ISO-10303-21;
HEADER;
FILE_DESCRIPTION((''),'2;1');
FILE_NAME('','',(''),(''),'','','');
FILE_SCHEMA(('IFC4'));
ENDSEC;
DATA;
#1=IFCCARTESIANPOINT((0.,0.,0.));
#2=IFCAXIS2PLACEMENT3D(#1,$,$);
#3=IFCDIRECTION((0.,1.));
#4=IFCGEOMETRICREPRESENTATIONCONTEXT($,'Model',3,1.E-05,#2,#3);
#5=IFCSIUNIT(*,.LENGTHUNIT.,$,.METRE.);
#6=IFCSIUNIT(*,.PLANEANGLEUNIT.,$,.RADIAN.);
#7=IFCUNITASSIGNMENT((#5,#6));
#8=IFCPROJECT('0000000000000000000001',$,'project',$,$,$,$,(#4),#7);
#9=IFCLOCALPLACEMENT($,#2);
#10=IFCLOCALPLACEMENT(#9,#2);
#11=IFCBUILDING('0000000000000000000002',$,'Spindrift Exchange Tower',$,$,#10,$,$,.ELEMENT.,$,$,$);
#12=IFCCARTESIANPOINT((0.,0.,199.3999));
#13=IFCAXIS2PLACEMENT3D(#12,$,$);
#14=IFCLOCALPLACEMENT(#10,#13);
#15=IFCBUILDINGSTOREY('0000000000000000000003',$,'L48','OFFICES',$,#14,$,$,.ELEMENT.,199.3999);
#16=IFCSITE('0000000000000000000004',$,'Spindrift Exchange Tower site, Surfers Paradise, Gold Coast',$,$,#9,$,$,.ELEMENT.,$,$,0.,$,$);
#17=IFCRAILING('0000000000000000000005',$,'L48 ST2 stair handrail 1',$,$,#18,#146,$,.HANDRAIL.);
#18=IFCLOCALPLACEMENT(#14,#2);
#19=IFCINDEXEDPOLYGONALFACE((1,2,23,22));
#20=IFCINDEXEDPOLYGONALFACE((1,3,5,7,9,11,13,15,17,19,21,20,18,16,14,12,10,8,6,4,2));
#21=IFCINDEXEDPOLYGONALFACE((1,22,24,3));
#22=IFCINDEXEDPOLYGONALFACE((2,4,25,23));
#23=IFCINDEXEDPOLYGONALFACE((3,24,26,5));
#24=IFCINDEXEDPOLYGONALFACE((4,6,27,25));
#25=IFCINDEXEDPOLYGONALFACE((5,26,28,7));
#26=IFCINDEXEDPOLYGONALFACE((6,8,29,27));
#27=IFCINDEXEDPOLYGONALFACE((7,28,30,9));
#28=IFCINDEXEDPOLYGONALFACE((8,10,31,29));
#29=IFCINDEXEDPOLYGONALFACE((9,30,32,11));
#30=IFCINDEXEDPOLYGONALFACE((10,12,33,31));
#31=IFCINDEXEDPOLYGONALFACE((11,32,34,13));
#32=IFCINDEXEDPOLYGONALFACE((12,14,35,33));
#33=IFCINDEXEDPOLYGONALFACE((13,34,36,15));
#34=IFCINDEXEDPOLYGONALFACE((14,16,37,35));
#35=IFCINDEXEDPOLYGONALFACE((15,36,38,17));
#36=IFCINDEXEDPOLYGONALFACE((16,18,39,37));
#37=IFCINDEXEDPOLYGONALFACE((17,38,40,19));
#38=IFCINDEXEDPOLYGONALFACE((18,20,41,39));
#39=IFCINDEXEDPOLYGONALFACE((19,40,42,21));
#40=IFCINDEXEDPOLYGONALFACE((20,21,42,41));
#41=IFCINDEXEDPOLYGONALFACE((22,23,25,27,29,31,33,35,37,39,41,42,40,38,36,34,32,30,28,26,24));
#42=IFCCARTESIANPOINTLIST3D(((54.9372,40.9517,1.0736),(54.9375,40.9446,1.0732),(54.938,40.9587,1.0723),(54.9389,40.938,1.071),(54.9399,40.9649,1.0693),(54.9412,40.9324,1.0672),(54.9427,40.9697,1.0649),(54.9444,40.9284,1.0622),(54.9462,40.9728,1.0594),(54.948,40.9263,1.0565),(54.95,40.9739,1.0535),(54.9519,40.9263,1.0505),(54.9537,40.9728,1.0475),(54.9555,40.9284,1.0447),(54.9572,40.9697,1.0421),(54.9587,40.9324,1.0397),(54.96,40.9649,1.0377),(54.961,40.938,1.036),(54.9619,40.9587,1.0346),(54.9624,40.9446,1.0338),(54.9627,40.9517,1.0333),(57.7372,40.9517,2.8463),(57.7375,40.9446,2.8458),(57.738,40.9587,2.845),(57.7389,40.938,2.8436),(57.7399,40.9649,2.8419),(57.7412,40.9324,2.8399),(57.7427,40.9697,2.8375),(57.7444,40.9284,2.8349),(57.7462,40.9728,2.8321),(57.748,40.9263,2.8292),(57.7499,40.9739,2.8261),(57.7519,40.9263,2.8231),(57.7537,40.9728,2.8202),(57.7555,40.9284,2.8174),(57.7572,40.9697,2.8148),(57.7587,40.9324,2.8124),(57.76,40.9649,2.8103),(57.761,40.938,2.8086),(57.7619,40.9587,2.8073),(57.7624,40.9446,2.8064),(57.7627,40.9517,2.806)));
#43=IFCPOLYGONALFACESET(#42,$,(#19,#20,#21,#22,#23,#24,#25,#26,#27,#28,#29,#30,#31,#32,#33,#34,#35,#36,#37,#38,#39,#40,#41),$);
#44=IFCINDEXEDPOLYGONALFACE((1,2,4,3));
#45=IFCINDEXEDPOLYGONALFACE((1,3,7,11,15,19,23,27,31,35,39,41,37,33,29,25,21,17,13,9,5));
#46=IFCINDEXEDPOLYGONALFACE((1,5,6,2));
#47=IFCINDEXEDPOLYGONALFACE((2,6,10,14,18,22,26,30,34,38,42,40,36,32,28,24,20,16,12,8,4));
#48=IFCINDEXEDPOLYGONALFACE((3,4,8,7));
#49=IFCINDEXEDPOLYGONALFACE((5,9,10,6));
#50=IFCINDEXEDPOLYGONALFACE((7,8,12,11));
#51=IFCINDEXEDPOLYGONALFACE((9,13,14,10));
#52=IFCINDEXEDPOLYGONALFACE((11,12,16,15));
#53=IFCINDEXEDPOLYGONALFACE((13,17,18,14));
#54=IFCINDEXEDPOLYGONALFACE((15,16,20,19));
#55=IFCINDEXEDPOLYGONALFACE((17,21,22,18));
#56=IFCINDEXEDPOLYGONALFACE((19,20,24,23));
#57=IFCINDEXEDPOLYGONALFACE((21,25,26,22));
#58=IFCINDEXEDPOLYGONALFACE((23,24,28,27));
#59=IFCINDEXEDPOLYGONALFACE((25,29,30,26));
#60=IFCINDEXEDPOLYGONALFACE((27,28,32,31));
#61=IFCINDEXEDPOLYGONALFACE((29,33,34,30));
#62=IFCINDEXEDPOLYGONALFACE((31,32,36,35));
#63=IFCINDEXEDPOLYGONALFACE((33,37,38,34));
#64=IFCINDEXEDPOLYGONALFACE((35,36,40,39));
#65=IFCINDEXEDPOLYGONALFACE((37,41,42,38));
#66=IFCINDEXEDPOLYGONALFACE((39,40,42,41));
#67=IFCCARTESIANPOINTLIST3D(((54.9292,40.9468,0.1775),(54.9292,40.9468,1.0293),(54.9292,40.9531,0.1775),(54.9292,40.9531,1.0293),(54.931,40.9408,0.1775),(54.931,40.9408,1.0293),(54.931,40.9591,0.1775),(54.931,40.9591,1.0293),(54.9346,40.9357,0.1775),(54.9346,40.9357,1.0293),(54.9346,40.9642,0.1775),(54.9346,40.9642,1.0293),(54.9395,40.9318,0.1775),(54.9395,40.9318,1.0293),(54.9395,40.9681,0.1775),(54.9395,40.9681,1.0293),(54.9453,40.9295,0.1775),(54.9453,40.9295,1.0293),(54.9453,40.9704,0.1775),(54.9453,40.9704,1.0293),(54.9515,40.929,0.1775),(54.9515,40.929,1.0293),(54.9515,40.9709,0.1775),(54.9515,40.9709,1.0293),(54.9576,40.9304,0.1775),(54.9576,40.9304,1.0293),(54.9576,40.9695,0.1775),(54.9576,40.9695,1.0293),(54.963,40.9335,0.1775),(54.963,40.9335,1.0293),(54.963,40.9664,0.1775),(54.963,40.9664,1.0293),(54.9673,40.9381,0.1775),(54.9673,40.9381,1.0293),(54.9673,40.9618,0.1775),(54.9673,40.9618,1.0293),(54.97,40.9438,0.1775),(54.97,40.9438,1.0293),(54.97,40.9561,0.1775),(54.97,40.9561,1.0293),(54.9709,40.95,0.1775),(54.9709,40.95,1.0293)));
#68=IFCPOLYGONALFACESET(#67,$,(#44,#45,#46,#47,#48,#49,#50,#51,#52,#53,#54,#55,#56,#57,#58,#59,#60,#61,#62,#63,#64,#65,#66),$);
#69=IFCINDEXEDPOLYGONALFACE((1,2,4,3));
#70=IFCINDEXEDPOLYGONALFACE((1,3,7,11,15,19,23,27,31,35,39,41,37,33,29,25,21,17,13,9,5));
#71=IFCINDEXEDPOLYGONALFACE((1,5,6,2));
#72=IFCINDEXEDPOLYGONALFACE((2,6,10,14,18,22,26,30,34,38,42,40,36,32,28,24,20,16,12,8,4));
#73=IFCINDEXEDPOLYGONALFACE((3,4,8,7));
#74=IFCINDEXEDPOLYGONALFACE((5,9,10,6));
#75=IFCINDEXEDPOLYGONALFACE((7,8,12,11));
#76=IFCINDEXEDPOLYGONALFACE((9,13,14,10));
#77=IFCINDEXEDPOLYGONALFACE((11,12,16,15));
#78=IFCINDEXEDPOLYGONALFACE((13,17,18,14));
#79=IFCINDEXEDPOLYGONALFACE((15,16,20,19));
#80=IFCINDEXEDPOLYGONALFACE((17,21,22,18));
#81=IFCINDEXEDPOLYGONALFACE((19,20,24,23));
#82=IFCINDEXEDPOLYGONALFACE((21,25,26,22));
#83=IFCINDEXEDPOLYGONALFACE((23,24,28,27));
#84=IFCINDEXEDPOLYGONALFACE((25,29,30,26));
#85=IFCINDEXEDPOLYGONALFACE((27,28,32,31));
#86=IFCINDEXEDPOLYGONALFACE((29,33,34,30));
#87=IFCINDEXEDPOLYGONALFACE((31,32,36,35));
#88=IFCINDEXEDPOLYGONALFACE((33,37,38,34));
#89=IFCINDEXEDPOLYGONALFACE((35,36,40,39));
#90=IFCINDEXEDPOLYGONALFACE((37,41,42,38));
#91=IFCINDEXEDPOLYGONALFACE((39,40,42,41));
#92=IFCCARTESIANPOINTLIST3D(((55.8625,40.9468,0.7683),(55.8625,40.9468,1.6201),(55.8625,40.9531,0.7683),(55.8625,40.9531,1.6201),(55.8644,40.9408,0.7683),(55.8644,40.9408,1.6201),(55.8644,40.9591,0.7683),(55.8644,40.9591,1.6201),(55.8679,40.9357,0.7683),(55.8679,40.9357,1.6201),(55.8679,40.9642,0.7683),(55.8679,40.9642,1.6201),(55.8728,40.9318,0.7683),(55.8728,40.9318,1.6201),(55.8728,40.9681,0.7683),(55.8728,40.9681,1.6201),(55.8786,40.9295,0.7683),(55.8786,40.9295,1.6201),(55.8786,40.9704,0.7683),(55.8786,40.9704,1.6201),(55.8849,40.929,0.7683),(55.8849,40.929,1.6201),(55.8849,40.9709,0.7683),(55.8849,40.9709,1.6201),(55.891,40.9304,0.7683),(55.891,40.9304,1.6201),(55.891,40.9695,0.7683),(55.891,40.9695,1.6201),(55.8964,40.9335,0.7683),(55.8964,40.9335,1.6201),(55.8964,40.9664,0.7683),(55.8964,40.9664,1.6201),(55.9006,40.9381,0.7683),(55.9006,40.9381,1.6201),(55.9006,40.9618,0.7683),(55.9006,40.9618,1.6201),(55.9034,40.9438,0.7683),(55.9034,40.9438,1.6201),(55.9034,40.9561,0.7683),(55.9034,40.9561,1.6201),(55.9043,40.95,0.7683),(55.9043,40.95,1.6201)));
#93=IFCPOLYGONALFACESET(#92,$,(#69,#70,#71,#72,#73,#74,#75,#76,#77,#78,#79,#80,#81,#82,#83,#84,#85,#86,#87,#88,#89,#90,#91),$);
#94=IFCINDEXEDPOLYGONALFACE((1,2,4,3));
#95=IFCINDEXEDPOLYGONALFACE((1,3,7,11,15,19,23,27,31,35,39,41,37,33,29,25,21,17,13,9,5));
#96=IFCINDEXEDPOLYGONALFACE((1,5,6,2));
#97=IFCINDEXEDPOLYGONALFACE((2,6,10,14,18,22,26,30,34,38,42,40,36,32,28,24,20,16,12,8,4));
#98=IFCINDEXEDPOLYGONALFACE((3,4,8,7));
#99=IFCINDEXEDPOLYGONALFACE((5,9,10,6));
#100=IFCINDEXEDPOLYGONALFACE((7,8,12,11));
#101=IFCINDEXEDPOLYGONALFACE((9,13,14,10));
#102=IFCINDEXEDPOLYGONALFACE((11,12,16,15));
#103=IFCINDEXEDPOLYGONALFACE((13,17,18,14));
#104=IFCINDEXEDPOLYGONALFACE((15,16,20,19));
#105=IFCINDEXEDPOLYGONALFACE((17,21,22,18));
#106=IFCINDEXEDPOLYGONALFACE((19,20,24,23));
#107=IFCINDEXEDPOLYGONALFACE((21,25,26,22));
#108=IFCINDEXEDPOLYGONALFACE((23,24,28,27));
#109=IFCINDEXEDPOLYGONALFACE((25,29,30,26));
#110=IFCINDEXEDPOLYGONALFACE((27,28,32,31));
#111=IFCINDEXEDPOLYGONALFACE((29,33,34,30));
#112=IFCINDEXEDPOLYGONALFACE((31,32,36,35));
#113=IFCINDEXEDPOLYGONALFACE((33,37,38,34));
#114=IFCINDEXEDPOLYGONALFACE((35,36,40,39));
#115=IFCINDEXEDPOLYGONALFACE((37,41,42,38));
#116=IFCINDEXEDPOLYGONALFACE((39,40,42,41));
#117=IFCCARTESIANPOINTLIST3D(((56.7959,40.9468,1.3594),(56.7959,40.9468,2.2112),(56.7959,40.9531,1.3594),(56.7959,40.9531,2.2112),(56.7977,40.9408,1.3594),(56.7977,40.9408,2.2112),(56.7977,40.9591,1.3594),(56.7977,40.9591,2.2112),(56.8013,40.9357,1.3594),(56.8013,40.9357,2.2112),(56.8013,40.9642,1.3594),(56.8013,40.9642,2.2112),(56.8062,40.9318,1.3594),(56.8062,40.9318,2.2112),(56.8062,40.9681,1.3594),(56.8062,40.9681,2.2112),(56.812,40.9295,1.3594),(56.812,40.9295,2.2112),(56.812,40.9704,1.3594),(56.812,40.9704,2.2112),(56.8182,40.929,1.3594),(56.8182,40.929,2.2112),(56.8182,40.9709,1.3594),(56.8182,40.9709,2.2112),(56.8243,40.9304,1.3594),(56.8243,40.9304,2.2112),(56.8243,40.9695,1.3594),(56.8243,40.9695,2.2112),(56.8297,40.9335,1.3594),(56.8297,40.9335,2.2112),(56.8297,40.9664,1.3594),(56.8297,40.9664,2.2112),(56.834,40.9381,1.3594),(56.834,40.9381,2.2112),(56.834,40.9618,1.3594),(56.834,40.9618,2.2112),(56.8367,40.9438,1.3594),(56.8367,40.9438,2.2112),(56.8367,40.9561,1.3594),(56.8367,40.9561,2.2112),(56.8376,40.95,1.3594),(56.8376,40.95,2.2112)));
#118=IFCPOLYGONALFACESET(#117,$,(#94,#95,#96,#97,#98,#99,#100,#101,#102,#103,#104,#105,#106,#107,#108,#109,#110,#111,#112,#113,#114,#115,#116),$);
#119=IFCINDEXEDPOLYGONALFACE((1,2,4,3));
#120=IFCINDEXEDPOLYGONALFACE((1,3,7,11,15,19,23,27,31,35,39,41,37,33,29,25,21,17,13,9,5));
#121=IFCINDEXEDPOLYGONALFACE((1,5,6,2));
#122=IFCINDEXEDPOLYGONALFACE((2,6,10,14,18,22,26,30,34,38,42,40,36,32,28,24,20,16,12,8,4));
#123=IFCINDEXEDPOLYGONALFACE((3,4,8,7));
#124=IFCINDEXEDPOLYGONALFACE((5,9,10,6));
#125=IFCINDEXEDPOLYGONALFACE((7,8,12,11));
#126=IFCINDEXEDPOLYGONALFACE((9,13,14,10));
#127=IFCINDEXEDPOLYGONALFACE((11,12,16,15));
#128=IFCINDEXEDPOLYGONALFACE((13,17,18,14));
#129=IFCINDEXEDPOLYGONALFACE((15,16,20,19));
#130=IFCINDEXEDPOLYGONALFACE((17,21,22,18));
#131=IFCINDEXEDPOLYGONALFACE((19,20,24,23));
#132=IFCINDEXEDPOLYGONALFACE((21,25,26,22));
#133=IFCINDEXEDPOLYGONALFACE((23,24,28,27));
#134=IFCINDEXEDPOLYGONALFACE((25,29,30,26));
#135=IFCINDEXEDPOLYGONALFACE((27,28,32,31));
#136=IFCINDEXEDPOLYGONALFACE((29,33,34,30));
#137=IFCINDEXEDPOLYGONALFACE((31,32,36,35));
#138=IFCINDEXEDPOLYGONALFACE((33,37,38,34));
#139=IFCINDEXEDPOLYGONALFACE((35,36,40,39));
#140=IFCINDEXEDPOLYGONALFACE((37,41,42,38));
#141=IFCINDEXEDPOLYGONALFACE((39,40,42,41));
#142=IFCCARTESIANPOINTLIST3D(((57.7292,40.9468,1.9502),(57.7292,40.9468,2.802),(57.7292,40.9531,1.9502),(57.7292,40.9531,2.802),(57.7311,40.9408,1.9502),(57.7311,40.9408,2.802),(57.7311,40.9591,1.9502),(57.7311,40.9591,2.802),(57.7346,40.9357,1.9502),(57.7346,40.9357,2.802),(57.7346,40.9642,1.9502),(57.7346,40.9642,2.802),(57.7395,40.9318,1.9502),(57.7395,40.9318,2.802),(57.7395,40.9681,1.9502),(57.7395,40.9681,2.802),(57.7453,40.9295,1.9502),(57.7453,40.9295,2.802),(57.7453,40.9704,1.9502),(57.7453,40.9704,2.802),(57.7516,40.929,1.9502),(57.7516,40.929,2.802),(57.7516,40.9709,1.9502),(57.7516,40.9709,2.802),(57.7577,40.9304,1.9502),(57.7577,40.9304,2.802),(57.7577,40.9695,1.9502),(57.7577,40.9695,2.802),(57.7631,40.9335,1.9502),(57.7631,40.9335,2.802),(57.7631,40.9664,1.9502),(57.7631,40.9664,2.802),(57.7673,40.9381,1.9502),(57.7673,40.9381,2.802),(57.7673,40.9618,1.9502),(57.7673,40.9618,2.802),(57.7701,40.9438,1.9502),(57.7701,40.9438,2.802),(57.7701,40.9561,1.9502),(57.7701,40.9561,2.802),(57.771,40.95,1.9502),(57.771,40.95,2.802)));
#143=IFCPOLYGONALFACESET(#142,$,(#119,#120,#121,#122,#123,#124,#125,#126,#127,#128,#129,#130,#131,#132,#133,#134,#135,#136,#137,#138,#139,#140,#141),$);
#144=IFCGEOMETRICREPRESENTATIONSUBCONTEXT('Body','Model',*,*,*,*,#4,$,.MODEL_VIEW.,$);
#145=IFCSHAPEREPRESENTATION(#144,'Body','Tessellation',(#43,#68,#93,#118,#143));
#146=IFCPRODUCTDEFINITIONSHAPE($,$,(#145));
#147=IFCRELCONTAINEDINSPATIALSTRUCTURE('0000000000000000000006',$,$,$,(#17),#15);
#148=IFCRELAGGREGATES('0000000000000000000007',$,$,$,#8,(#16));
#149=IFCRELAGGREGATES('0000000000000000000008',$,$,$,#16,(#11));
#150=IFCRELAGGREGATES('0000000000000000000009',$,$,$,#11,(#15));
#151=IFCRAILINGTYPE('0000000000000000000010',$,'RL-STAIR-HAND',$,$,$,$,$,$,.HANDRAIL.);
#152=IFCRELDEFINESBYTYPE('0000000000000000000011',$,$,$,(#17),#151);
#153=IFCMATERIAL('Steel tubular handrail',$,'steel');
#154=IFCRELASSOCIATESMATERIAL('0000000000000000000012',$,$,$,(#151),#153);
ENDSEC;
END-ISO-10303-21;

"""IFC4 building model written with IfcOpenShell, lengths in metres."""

from ifc_helpers import new_model, si_unit, direction, frame, origin, origin_2d, place, context, subcontext, project, spatial, circle, extrude, material, type_object, element, save


model = new_model("IFC4")

# Units and contexts
model_context = context("Model", 3, precision=1e-05, world=origin(), true_north=direction((0.0, 1.0)))
body_context = subcontext(model_context, "Body", "Model", "MODEL_VIEW")
ifc_project = project(units=[si_unit("LENGTHUNIT", "METRE"), si_unit("PLANEANGLEUNIT", "RADIAN")], contexts=[model_context])

# Site, building, storey
site_placement = place(None, origin())
site = spatial("IfcSite", under=ifc_project, at=site_placement, Name="Spindrift Exchange Tower site, Surfers Paradise, Gold Coast", CompositionType="ELEMENT", RefElevation=0.0)
building_placement = place(site_placement, origin())
building = spatial("IfcBuilding", under=site, at=building_placement, Name="Spindrift Exchange Tower", CompositionType="ELEMENT")
storey_placement = place(building_placement, frame((0.0, 0.0, 199.3999)))
storey = spatial("IfcBuildingStorey", under=building, at=storey_placement, Name="L48", Description="OFFICES", CompositionType="ELEMENT", Elevation=199.3999)

# Railing
ifc_material_1 = material(Name="Steel tubular handrail", Category="steel")
railing_type_1 = type_object("IfcRailingType", Name="RL-STAIR-HAND", PredefinedType="HANDRAIL", material=ifc_material_1)
railing_1_placement = place(storey_placement, frame((54.95, 40.95, 0.1775)))
element("IfcRailing", 1, at=railing_1_placement, inside=storey, type_object=railing_type_1, Name="L48 ST2 stair handrail 1", PredefinedType="HANDRAIL", context=body_context, shape_type="SweptSolid", body=[
    extrude(circle(Radius=0.0239, at=origin_2d()), frame((0.0, 0.0, 0.876), z_axis=(0.844909, 0.0, 0.53491), x_axis=(0.0, 1.0, 0.0)), (0.0, 0.0, 1.0), 3.314),
    extrude(circle(Radius=0.021, at=origin_2d()), origin(), (0.0, 0.0, 1.0), 0.8518),
    extrude(circle(Radius=0.021, at=origin_2d()), frame((0.9333, 0.0, 0.5908)), (0.0, 0.0, 1.0), 0.8518),
    extrude(circle(Radius=0.021, at=origin_2d()), frame((1.8667, 0.0, 1.1819)), (0.0, 0.0, 1.0), 0.8518),
    extrude(circle(Radius=0.021, at=origin_2d()), frame((2.8, 0.0, 1.7727)), (0.0, 0.0, 1.0), 0.8518),
])

save(model, "model.ifc")
